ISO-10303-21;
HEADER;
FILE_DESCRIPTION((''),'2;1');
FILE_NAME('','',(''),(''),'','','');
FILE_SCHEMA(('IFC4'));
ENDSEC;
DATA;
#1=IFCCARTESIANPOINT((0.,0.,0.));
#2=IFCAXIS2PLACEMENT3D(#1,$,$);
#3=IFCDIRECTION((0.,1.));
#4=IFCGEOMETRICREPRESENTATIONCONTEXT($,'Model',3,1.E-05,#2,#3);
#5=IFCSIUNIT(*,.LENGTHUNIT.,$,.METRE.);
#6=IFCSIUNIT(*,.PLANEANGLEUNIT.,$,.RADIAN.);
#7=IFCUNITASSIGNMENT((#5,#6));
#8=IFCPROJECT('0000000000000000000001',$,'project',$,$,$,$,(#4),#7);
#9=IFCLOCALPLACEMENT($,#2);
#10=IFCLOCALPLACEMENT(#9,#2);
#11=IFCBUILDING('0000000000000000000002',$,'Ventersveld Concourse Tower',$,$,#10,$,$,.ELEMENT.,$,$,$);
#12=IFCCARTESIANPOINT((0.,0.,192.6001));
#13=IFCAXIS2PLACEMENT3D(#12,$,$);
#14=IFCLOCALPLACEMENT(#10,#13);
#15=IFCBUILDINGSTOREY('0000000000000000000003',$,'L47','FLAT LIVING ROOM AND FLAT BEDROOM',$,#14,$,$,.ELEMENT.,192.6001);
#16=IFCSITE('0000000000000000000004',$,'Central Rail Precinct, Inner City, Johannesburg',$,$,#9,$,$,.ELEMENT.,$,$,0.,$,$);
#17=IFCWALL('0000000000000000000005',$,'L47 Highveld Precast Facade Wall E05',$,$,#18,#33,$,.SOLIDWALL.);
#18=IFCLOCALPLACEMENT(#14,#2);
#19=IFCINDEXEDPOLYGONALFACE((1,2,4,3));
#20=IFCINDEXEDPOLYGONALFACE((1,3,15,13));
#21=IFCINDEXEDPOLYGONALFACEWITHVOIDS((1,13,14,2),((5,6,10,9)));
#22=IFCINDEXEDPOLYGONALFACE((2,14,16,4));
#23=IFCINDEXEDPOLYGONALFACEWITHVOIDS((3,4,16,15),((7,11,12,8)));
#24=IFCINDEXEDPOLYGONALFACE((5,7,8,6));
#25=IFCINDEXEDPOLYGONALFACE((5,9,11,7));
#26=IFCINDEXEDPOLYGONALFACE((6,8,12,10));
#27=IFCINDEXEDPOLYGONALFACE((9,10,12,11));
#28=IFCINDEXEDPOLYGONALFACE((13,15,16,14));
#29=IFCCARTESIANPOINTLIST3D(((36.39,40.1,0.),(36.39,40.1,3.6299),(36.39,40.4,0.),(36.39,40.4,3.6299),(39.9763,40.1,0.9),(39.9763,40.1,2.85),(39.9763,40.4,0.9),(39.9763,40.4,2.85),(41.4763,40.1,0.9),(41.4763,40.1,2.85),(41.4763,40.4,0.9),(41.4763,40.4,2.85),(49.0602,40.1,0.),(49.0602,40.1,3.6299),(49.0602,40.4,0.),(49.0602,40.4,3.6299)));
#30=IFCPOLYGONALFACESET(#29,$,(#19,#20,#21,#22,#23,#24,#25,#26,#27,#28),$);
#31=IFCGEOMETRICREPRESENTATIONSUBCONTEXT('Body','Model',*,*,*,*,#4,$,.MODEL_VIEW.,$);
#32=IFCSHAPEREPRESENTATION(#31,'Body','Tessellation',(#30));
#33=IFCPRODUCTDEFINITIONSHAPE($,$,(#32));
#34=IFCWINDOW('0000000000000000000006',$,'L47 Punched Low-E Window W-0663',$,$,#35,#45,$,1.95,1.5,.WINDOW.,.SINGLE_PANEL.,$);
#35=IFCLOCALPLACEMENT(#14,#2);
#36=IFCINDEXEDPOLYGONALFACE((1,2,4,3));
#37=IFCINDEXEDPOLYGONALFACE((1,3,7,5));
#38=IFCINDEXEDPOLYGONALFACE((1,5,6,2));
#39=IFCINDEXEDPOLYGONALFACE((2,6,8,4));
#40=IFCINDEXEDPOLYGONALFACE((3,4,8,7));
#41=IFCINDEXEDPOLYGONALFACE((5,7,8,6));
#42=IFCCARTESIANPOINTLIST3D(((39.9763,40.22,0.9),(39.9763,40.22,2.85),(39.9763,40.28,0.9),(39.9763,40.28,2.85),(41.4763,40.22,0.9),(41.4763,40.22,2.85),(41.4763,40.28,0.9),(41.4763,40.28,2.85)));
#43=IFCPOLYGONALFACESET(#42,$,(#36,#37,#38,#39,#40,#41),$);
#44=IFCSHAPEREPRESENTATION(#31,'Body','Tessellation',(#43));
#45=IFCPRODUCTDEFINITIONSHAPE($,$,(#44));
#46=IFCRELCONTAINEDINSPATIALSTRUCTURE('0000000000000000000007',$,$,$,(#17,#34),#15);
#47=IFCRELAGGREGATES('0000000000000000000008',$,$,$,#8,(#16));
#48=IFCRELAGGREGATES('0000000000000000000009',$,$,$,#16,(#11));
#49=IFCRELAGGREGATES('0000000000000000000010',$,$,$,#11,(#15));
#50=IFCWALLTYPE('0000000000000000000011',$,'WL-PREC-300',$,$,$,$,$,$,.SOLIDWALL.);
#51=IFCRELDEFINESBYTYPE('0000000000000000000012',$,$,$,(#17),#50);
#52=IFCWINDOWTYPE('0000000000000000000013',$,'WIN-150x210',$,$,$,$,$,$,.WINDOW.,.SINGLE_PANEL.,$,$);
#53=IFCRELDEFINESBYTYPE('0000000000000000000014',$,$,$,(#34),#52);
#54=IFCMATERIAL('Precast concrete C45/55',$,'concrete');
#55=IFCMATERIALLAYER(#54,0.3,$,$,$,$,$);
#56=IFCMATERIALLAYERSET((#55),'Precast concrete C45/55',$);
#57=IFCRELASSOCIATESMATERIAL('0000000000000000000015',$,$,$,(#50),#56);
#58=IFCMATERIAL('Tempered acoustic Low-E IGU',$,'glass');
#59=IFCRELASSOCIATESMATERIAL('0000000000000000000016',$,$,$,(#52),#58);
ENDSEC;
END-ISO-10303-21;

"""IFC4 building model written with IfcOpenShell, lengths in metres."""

from ifc_helpers import new_model, si_unit, direction, frame, frame_2d, origin, place, context, subcontext, project, spatial, rectangle, extrude, material, layer, layer_set, type_object, element, fill, save


model = new_model("IFC4")

# Units and contexts
model_context = context("Model", 3, precision=1e-05, world=origin(), true_north=direction((0.0, 1.0)))
body_context = subcontext(model_context, "Body", "Model", "MODEL_VIEW")
ifc_project = project(units=[si_unit("LENGTHUNIT", "METRE"), si_unit("PLANEANGLEUNIT", "RADIAN")], contexts=[model_context])

# Site, building, storey
site_placement = place(None, origin())
site = spatial("IfcSite", under=ifc_project, at=site_placement, Name="Central Rail Precinct, Inner City, Johannesburg", CompositionType="ELEMENT", RefElevation=0.0)
building_placement = place(site_placement, origin())
building = spatial("IfcBuilding", under=site, at=building_placement, Name="Ventersveld Concourse Tower", CompositionType="ELEMENT")
storey_placement = place(building_placement, frame((0.0, 0.0, 192.6001)))
storey = spatial("IfcBuildingStorey", under=building, at=storey_placement, Name="L47", Description="FLAT LIVING ROOM AND FLAT BEDROOM", CompositionType="ELEMENT", Elevation=192.6001)

# Shared definitions
ifc_material_1 = material(Name="Precast concrete C45/55", Category="concrete")
ifc_layer_1 = layer(ifc_material_1, 0.3)
ifc_layer_set_1 = layer_set([ifc_layer_1], Name="Precast concrete C45/55")
wall_type_1 = type_object("IfcWallType", Name="WL-PREC-300", PredefinedType="SOLIDWALL", material=ifc_layer_set_1)

# Wall, opening, window
wall_1_placement = place(storey_placement, frame((49.0601, 40.25, 0.0), z_axis=(0.0, 0.0, 1.0), x_axis=(-1.0, 0.0, 0.0)))
wall_1 = element("IfcWall", 1, at=wall_1_placement, inside=storey, type_object=wall_type_1, Name="L47 Highveld Precast Facade Wall E05", PredefinedType="SOLIDWALL", context=body_context, shape_type="SweptSolid", body=[
    extrude(rectangle(XDim=12.6702, YDim=0.3, at=frame_2d((6.335, 0.0))), origin(), (0.0, 0.0, 1.0), 3.6299),
])
opening_1_placement = place(wall_1_placement, frame((7.5837, 0.0, 0.8999)))
opening_1 = element("IfcOpeningElement", 2, at=opening_1_placement, cuts=wall_1, PredefinedType="OPENING", context=body_context, shape_type="SweptSolid", body=[
    extrude(rectangle(XDim=1.5, YDim=1.95, at=frame_2d((0.75, 0.9751))), frame((0.0, 0.1602, 0.0), z_axis=(0.0, -1.0, 0.0), x_axis=(1.0, 0.0, 0.0)), (0.0, 0.0, 1.0), 0.3201),
])
ifc_material_2 = material(Name="Tempered acoustic Low-E IGU", Category="glass")
window_type = type_object("IfcWindowType", Name="WIN-150x210", PartitioningType="SINGLE_PANEL", PredefinedType="WINDOW", material=ifc_material_2)
window_placement = place(opening_1_placement, origin())
window = element("IfcWindow", 3, at=window_placement, inside=storey, type_object=window_type, Name="L47 Punched Low-E Window W-0663", OverallHeight=1.95, OverallWidth=1.5, PartitioningType="SINGLE_PANEL", PredefinedType="WINDOW", context=body_context, shape_type="SweptSolid", body=[
    extrude(rectangle(XDim=1.5, YDim=1.95, at=frame_2d((0.75, 0.9751))), frame((0.0, 0.03, 0.0), z_axis=(0.0, -1.0, 0.0), x_axis=(1.0, 0.0, 0.0)), (0.0, 0.0, 1.0), 0.0601),
])
fill(opening_1, window)

save(model, "model.ifc")
